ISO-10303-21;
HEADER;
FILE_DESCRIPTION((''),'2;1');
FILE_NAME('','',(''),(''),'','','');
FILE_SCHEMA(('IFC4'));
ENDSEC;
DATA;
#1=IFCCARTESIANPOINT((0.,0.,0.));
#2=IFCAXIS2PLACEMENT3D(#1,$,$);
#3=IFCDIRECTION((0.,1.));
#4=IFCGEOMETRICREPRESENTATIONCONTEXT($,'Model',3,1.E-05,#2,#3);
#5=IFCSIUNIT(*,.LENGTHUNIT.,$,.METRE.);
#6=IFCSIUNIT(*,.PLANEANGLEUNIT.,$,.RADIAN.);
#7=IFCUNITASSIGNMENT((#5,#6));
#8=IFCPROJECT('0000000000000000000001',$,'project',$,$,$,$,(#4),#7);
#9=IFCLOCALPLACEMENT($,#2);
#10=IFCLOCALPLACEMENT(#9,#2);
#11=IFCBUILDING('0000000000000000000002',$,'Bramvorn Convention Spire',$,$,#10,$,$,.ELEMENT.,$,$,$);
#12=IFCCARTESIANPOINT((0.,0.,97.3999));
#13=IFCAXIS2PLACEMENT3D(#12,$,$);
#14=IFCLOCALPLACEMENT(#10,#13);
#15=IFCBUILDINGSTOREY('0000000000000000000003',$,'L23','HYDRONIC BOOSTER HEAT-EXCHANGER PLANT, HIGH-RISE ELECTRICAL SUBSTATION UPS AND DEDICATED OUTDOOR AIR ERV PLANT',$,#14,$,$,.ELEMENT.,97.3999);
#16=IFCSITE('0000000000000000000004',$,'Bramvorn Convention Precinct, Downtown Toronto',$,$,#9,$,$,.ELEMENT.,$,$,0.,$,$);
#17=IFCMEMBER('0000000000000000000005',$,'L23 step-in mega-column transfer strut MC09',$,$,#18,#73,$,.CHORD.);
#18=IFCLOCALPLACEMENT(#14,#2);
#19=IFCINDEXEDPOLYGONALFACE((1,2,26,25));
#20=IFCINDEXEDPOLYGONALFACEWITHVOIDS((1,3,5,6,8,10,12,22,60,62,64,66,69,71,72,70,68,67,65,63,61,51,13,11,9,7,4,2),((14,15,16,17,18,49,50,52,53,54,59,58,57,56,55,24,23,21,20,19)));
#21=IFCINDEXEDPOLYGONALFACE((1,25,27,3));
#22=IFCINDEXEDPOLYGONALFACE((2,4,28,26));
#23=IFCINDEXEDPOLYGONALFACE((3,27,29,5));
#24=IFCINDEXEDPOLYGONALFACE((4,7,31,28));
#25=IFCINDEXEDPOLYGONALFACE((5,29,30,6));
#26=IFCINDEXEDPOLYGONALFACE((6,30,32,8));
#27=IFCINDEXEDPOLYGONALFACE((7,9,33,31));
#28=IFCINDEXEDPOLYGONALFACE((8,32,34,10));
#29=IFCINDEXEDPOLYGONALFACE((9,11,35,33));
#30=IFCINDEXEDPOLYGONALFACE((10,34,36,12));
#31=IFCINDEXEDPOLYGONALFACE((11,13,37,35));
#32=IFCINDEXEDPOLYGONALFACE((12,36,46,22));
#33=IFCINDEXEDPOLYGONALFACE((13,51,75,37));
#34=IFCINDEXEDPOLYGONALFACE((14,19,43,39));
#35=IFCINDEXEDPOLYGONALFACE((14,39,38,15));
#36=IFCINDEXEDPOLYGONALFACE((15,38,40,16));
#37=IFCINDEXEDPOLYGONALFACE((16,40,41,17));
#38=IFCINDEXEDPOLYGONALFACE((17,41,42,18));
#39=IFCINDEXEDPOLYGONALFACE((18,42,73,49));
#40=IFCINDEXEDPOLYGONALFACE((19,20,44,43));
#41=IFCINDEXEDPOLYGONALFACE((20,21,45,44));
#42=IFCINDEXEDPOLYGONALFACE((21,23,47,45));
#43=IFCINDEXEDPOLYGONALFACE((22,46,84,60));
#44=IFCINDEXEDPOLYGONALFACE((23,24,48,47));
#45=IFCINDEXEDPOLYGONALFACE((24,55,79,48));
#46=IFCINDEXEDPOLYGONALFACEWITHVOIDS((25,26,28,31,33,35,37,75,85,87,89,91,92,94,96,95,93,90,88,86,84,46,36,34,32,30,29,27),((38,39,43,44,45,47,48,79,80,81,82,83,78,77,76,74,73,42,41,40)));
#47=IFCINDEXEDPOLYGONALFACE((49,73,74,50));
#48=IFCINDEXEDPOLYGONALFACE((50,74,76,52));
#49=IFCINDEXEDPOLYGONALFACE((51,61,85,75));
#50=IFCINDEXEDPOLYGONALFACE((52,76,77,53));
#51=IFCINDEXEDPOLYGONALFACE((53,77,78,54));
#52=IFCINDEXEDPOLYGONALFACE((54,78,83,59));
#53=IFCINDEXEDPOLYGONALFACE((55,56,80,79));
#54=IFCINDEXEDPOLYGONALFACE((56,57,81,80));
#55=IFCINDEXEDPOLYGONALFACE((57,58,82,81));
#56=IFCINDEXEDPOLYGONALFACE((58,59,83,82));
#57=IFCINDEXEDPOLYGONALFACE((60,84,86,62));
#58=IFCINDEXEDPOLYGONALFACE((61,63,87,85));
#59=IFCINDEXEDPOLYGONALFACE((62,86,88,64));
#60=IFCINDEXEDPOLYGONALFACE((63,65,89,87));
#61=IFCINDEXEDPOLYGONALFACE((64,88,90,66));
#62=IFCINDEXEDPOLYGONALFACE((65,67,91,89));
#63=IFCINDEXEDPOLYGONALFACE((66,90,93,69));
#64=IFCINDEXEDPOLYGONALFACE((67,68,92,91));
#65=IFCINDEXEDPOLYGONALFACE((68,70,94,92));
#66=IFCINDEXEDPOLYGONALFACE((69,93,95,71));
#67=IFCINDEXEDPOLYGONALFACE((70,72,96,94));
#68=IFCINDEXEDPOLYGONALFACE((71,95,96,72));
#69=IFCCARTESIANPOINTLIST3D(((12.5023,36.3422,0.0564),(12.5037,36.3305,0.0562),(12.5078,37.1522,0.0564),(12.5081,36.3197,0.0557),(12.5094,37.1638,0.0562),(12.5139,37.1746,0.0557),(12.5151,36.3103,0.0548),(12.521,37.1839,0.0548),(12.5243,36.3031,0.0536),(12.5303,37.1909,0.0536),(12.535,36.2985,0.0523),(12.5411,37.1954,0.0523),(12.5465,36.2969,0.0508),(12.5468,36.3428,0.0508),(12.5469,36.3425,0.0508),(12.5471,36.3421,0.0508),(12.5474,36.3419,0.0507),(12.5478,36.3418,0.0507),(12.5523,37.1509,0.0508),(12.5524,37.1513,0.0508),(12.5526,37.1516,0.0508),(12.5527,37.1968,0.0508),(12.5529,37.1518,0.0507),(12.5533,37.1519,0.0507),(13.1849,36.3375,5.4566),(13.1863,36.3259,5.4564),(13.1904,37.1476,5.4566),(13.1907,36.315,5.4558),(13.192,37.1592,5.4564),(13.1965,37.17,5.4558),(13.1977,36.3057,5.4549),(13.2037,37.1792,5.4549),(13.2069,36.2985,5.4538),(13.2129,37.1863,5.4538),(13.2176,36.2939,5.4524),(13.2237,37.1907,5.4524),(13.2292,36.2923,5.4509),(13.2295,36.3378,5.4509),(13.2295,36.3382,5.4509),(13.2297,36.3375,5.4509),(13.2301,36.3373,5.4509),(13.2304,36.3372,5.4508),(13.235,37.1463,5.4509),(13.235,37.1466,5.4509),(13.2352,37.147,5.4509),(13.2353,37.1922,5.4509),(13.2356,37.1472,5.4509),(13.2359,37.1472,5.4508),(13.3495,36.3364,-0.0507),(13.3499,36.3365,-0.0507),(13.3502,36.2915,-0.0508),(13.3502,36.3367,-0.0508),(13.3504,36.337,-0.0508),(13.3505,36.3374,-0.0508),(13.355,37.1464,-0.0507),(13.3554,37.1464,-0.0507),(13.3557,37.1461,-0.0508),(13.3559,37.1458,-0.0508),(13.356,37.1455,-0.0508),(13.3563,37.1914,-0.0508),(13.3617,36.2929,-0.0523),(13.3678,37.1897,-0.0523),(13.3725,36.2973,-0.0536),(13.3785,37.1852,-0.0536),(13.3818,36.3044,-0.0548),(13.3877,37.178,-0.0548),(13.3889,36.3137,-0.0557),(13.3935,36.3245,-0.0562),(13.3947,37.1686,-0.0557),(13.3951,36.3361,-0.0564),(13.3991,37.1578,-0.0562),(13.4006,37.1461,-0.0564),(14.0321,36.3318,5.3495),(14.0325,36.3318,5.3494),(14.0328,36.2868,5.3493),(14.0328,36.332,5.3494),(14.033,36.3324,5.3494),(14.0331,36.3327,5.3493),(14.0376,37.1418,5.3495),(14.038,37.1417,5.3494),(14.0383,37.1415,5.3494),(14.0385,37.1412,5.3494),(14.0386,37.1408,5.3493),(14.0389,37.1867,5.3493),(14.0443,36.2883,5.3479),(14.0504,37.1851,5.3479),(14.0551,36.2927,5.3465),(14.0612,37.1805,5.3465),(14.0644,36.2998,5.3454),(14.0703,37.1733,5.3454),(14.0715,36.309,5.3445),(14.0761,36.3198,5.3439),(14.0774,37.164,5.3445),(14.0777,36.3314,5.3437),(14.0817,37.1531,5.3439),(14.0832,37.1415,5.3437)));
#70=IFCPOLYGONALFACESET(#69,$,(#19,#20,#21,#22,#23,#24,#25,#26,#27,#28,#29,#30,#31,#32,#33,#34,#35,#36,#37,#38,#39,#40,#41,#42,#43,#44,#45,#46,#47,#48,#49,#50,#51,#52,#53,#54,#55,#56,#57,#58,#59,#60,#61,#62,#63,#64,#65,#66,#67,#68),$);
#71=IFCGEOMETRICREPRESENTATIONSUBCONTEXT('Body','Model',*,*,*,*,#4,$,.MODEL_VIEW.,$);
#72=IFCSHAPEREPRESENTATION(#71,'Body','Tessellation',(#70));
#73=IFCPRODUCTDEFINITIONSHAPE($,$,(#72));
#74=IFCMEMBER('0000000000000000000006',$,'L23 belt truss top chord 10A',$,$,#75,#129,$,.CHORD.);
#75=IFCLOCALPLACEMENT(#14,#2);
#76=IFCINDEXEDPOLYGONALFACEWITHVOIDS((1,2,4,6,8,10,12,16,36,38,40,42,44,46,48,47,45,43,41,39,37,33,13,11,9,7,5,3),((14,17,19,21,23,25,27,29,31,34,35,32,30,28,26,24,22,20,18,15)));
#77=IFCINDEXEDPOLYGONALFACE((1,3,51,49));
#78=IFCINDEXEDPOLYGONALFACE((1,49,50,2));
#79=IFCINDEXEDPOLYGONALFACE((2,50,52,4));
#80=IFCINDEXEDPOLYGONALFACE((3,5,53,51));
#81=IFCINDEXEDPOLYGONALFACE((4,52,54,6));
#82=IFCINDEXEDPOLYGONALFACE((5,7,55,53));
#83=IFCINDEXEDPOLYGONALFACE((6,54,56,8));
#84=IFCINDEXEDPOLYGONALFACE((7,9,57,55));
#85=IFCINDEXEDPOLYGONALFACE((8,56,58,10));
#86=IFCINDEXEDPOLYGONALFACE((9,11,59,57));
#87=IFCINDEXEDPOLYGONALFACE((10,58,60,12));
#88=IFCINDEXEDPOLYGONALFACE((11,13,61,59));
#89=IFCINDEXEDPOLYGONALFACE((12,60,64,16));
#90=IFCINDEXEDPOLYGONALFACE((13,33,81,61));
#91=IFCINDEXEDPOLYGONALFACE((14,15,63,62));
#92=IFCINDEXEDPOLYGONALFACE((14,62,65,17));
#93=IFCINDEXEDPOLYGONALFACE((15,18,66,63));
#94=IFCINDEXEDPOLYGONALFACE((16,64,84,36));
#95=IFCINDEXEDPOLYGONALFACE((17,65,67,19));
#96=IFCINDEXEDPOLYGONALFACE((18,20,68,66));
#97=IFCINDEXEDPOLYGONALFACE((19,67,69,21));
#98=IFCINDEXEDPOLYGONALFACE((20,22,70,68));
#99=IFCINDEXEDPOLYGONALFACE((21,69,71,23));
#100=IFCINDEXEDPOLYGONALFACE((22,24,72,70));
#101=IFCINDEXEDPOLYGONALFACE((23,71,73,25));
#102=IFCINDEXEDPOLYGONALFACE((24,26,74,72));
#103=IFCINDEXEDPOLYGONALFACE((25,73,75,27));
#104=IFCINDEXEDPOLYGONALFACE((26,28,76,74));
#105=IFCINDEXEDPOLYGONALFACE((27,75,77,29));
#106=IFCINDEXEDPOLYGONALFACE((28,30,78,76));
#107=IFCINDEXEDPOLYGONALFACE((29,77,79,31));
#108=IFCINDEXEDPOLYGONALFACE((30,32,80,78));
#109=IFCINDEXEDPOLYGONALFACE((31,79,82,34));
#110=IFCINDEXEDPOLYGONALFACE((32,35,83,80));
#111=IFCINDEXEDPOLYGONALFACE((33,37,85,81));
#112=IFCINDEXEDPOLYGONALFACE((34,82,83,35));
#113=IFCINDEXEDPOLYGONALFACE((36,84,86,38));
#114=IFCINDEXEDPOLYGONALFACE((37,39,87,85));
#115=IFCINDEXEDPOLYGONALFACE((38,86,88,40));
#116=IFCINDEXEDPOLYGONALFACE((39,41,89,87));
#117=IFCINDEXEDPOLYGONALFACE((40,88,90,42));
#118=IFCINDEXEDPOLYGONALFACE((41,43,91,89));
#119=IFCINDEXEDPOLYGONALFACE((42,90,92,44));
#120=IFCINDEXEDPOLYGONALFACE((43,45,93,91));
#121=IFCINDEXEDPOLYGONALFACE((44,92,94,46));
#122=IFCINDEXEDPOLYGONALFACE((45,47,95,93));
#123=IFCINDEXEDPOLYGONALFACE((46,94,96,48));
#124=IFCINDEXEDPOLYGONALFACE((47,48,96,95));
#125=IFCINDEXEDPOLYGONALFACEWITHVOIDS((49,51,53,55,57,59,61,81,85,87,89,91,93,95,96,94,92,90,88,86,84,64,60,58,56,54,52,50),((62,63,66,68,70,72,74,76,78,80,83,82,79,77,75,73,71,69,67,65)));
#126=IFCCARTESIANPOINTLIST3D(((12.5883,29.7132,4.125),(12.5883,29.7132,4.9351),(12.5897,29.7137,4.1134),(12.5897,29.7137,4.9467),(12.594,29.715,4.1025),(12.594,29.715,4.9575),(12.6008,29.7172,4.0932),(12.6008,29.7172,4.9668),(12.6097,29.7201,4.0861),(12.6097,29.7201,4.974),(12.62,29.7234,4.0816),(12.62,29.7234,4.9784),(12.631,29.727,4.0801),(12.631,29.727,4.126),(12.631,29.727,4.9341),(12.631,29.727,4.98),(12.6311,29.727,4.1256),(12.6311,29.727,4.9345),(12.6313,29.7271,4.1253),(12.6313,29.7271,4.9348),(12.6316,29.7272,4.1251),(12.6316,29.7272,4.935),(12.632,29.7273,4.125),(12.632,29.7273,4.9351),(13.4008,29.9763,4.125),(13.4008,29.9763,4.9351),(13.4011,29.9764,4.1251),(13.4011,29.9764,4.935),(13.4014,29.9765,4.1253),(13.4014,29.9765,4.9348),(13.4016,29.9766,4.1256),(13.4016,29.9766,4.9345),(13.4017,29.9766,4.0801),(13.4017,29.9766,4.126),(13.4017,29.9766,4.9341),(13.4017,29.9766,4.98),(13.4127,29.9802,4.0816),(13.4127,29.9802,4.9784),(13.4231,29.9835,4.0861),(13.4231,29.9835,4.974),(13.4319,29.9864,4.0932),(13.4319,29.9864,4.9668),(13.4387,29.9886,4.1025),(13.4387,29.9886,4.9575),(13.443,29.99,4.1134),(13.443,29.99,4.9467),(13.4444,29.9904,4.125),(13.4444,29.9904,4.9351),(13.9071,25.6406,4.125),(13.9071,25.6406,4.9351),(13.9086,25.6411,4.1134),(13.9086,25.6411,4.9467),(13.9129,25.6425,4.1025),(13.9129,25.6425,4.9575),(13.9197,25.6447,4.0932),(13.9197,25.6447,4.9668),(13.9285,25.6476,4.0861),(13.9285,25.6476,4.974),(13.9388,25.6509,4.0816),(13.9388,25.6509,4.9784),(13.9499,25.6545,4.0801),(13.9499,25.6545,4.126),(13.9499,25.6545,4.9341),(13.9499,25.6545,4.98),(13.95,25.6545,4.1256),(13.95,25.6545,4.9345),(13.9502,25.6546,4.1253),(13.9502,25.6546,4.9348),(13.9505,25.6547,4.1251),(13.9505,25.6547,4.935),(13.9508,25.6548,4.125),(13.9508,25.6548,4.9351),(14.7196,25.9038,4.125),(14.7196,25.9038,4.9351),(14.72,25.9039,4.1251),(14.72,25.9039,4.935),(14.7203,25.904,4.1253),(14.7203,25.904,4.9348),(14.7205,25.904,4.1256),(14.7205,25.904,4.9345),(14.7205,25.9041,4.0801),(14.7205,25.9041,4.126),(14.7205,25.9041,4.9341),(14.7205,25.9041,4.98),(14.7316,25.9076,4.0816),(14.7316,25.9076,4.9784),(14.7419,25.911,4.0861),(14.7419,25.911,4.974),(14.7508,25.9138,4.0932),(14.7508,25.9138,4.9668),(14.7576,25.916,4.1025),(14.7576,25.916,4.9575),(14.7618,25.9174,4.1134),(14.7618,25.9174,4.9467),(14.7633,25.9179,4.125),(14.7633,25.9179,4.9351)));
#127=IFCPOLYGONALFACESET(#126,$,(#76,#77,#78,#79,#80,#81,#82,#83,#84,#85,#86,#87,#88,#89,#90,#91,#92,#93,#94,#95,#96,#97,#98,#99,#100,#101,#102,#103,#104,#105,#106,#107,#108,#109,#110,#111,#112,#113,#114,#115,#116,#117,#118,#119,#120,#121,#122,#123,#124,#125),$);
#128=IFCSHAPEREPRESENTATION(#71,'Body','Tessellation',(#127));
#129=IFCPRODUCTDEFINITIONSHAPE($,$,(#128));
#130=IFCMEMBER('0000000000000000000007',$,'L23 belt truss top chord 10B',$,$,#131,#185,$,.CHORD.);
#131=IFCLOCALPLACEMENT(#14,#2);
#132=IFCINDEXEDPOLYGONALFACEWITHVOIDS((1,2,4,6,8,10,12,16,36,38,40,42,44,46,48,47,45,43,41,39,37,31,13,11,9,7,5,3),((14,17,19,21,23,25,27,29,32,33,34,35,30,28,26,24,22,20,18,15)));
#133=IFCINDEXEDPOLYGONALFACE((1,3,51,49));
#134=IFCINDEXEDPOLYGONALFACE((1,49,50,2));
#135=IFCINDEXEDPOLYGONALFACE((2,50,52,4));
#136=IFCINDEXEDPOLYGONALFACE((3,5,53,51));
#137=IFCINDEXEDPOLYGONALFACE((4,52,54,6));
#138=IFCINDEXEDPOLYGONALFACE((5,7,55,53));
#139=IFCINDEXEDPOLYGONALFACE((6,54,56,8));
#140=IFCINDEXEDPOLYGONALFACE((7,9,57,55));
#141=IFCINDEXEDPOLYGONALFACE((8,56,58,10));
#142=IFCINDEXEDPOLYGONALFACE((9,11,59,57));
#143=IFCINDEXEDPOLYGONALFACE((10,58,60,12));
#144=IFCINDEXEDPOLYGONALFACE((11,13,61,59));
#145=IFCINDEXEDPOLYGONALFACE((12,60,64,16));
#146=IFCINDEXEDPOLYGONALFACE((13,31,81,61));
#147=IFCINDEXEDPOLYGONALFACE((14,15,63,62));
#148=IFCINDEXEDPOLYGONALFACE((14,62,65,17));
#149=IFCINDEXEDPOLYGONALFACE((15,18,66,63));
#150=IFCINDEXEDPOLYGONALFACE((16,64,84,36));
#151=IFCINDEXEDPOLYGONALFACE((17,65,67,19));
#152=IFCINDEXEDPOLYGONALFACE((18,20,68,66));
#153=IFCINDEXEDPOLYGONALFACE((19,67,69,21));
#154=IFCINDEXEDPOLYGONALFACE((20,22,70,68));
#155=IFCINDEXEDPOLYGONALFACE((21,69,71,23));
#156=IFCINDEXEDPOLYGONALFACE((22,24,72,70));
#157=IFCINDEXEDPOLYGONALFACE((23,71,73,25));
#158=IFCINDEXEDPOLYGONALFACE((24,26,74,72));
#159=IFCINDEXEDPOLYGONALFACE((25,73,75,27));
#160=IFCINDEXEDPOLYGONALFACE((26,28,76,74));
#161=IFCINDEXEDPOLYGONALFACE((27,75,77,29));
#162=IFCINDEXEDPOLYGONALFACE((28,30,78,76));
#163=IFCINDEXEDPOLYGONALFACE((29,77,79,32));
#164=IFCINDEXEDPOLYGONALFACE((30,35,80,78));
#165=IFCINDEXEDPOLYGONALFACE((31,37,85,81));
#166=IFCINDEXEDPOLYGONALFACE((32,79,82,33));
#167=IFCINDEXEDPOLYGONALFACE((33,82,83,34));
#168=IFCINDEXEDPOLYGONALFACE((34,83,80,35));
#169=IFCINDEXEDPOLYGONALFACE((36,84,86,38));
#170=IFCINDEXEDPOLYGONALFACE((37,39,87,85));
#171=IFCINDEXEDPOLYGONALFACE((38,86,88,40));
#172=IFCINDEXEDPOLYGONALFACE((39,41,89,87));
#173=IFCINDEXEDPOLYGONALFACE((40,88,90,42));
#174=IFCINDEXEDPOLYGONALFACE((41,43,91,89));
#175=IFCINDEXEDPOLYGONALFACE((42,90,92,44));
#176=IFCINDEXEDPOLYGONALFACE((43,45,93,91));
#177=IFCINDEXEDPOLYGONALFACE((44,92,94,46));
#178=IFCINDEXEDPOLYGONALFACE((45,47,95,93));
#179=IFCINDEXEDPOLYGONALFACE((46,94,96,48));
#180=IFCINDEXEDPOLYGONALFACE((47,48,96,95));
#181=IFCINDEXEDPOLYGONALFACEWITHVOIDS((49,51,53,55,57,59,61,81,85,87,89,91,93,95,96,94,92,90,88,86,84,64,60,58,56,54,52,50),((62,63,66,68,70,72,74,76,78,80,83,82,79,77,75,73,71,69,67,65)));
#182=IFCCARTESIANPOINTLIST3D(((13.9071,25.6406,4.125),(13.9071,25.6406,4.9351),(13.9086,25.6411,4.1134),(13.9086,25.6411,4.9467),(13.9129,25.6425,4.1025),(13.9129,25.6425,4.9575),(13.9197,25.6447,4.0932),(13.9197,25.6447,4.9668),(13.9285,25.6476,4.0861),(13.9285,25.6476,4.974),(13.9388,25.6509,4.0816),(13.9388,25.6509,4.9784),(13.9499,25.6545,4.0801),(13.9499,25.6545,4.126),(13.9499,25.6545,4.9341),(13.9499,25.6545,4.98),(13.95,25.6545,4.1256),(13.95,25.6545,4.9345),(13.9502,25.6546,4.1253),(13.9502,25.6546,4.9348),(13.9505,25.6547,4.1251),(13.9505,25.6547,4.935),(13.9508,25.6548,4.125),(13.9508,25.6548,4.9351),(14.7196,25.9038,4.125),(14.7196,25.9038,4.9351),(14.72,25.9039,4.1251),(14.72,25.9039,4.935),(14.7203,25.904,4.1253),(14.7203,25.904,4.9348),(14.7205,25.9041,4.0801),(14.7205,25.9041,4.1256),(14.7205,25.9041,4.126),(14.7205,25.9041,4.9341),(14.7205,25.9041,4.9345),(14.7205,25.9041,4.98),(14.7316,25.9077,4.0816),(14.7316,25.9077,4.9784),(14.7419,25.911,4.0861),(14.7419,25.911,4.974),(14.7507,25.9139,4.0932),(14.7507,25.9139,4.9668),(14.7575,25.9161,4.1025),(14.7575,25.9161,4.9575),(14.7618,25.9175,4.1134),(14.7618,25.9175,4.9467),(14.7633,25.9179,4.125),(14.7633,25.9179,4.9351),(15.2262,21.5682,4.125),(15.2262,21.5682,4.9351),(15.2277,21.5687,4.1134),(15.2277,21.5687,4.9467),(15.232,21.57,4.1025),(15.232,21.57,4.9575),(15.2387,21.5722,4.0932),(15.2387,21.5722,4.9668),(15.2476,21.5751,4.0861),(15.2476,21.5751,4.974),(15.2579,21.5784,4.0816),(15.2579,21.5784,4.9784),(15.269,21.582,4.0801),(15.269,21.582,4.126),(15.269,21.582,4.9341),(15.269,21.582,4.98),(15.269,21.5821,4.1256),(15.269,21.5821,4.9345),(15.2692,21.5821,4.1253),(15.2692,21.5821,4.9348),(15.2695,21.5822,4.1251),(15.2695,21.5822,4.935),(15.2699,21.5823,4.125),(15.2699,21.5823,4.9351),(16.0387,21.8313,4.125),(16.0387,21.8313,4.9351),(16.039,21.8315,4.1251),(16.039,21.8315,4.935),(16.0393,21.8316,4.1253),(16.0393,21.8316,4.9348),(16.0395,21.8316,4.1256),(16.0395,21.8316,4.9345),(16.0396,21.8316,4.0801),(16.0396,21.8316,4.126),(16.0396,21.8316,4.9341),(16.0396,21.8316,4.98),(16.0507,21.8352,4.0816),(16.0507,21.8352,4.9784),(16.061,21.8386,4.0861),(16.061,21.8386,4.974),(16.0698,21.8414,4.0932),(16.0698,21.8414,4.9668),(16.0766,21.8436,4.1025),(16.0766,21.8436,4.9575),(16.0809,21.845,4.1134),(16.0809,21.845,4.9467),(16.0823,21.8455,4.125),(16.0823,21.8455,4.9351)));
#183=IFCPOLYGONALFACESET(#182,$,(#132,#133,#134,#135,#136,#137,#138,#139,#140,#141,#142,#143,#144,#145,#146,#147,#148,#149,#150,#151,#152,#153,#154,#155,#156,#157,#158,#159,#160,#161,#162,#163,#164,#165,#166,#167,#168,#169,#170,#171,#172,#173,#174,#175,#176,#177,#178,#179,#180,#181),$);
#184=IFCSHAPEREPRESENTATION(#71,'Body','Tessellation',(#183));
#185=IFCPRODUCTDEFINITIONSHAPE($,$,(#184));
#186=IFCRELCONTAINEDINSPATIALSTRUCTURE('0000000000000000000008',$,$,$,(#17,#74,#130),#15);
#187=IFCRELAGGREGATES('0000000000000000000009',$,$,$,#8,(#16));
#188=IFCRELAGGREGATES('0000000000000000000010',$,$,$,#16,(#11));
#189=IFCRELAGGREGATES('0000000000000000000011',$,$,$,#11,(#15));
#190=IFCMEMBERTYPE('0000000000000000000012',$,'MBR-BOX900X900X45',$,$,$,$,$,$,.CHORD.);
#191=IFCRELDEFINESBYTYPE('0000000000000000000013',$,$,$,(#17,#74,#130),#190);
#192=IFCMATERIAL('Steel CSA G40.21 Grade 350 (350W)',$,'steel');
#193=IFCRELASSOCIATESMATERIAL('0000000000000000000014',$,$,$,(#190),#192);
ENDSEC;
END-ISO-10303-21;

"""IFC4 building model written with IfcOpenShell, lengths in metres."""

from ifc_helpers import new_model, si_unit, direction, frame, origin, origin_2d, place, context, subcontext, project, spatial, hollow_rectangle, extrude, material, material_profile, profile_set, type_object, element, save


model = new_model("IFC4")

# Units and contexts
model_context = context("Model", 3, precision=1e-05, world=origin(), true_north=direction((0.0, 1.0)))
body_context = subcontext(model_context, "Body", "Model", "MODEL_VIEW")
ifc_project = project(units=[si_unit("LENGTHUNIT", "METRE"), si_unit("PLANEANGLEUNIT", "RADIAN")], contexts=[model_context])

# Site, building, storey
site_placement = place(None, origin())
site = spatial("IfcSite", under=ifc_project, at=site_placement, Name="Bramvorn Convention Precinct, Downtown Toronto", CompositionType="ELEMENT", RefElevation=0.0)
building_placement = place(site_placement, origin())
building = spatial("IfcBuilding", under=site, at=building_placement, Name="Bramvorn Convention Spire", CompositionType="ELEMENT")
storey_placement = place(building_placement, frame((0.0, 0.0, 97.3999)))
storey = spatial("IfcBuildingStorey", under=building, at=storey_placement, Name="L23", Description="HYDRONIC BOOSTER HEAT-EXCHANGER PLANT, HIGH-RISE ELECTRICAL SUBSTATION UPS AND DEDICATED OUTDOOR AIR ERV PLANT", CompositionType="ELEMENT", Elevation=97.3999)

# Shared definitions
ifc_material_1 = material(Name="Steel CSA G40.21 Grade 350 (350W)", Category="steel")

# Members
ifc_material_profile_1 = material_profile(ifc_material_1, hollow_rectangle(XDim=0.8999, YDim=0.8999, WallThickness=0.0449, InnerFilletRadius=0.001, OuterFilletRadius=0.0449, at=origin_2d()))
ifc_profile_set_1 = profile_set([ifc_material_profile_1], Name="Steel CSA G40.21 Grade 350 (350W) - BOX900X900X45")
member_type_1 = type_object("IfcMemberType", Name="MBR-BOX900X900X45", PredefinedType="CHORD", material=ifc_profile_set_1)
member_1_placement = place(storey_placement, frame((12.9514, 36.7441, 0.0), z_axis=(0.125409, -0.000852, 0.992105), x_axis=(0.006795, 0.999977, 0.0)))
element("IfcMember", 1, at=member_1_placement, inside=storey, type_object=member_type_1, Name="L23 step-in mega-column transfer strut MC09", PredefinedType="CHORD", context=body_context, shape_type="SweptSolid", body=[
    extrude(hollow_rectangle(XDim=0.8999, YDim=0.8999, WallThickness=0.0449, InnerFilletRadius=0.001, OuterFilletRadius=0.0449, at=origin_2d()), origin(), (0.0, 0.0, 1.0), 5.4431),
])
for number, where, z_axis, x_axis, name in (
    (2, (13.0164, 29.8518, 4.53), (0.308089, -0.951358, 0.0), (0.951358, 0.308089, 0.0), "L23 belt truss top chord 10A"),
    (3, (14.3352, 25.7793, 4.53), (0.308141, -0.951341, 0.0), (0.951341, 0.308141, 0.0), "L23 belt truss top chord 10B"),
):
    element("IfcMember", number, at=place(storey_placement, frame(where, z_axis=z_axis, x_axis=x_axis)), inside=storey, type_object=member_type_1, Name=name, PredefinedType="CHORD", context=body_context, shape_type="SweptSolid", body=[
        extrude(hollow_rectangle(XDim=0.8999, YDim=0.8999, WallThickness=0.0449, InnerFilletRadius=0.001, OuterFilletRadius=0.0449, at=origin_2d()), origin(), (0.0, 0.0, 1.0), 4.2808),
    ])

save(model, "model.ifc")
